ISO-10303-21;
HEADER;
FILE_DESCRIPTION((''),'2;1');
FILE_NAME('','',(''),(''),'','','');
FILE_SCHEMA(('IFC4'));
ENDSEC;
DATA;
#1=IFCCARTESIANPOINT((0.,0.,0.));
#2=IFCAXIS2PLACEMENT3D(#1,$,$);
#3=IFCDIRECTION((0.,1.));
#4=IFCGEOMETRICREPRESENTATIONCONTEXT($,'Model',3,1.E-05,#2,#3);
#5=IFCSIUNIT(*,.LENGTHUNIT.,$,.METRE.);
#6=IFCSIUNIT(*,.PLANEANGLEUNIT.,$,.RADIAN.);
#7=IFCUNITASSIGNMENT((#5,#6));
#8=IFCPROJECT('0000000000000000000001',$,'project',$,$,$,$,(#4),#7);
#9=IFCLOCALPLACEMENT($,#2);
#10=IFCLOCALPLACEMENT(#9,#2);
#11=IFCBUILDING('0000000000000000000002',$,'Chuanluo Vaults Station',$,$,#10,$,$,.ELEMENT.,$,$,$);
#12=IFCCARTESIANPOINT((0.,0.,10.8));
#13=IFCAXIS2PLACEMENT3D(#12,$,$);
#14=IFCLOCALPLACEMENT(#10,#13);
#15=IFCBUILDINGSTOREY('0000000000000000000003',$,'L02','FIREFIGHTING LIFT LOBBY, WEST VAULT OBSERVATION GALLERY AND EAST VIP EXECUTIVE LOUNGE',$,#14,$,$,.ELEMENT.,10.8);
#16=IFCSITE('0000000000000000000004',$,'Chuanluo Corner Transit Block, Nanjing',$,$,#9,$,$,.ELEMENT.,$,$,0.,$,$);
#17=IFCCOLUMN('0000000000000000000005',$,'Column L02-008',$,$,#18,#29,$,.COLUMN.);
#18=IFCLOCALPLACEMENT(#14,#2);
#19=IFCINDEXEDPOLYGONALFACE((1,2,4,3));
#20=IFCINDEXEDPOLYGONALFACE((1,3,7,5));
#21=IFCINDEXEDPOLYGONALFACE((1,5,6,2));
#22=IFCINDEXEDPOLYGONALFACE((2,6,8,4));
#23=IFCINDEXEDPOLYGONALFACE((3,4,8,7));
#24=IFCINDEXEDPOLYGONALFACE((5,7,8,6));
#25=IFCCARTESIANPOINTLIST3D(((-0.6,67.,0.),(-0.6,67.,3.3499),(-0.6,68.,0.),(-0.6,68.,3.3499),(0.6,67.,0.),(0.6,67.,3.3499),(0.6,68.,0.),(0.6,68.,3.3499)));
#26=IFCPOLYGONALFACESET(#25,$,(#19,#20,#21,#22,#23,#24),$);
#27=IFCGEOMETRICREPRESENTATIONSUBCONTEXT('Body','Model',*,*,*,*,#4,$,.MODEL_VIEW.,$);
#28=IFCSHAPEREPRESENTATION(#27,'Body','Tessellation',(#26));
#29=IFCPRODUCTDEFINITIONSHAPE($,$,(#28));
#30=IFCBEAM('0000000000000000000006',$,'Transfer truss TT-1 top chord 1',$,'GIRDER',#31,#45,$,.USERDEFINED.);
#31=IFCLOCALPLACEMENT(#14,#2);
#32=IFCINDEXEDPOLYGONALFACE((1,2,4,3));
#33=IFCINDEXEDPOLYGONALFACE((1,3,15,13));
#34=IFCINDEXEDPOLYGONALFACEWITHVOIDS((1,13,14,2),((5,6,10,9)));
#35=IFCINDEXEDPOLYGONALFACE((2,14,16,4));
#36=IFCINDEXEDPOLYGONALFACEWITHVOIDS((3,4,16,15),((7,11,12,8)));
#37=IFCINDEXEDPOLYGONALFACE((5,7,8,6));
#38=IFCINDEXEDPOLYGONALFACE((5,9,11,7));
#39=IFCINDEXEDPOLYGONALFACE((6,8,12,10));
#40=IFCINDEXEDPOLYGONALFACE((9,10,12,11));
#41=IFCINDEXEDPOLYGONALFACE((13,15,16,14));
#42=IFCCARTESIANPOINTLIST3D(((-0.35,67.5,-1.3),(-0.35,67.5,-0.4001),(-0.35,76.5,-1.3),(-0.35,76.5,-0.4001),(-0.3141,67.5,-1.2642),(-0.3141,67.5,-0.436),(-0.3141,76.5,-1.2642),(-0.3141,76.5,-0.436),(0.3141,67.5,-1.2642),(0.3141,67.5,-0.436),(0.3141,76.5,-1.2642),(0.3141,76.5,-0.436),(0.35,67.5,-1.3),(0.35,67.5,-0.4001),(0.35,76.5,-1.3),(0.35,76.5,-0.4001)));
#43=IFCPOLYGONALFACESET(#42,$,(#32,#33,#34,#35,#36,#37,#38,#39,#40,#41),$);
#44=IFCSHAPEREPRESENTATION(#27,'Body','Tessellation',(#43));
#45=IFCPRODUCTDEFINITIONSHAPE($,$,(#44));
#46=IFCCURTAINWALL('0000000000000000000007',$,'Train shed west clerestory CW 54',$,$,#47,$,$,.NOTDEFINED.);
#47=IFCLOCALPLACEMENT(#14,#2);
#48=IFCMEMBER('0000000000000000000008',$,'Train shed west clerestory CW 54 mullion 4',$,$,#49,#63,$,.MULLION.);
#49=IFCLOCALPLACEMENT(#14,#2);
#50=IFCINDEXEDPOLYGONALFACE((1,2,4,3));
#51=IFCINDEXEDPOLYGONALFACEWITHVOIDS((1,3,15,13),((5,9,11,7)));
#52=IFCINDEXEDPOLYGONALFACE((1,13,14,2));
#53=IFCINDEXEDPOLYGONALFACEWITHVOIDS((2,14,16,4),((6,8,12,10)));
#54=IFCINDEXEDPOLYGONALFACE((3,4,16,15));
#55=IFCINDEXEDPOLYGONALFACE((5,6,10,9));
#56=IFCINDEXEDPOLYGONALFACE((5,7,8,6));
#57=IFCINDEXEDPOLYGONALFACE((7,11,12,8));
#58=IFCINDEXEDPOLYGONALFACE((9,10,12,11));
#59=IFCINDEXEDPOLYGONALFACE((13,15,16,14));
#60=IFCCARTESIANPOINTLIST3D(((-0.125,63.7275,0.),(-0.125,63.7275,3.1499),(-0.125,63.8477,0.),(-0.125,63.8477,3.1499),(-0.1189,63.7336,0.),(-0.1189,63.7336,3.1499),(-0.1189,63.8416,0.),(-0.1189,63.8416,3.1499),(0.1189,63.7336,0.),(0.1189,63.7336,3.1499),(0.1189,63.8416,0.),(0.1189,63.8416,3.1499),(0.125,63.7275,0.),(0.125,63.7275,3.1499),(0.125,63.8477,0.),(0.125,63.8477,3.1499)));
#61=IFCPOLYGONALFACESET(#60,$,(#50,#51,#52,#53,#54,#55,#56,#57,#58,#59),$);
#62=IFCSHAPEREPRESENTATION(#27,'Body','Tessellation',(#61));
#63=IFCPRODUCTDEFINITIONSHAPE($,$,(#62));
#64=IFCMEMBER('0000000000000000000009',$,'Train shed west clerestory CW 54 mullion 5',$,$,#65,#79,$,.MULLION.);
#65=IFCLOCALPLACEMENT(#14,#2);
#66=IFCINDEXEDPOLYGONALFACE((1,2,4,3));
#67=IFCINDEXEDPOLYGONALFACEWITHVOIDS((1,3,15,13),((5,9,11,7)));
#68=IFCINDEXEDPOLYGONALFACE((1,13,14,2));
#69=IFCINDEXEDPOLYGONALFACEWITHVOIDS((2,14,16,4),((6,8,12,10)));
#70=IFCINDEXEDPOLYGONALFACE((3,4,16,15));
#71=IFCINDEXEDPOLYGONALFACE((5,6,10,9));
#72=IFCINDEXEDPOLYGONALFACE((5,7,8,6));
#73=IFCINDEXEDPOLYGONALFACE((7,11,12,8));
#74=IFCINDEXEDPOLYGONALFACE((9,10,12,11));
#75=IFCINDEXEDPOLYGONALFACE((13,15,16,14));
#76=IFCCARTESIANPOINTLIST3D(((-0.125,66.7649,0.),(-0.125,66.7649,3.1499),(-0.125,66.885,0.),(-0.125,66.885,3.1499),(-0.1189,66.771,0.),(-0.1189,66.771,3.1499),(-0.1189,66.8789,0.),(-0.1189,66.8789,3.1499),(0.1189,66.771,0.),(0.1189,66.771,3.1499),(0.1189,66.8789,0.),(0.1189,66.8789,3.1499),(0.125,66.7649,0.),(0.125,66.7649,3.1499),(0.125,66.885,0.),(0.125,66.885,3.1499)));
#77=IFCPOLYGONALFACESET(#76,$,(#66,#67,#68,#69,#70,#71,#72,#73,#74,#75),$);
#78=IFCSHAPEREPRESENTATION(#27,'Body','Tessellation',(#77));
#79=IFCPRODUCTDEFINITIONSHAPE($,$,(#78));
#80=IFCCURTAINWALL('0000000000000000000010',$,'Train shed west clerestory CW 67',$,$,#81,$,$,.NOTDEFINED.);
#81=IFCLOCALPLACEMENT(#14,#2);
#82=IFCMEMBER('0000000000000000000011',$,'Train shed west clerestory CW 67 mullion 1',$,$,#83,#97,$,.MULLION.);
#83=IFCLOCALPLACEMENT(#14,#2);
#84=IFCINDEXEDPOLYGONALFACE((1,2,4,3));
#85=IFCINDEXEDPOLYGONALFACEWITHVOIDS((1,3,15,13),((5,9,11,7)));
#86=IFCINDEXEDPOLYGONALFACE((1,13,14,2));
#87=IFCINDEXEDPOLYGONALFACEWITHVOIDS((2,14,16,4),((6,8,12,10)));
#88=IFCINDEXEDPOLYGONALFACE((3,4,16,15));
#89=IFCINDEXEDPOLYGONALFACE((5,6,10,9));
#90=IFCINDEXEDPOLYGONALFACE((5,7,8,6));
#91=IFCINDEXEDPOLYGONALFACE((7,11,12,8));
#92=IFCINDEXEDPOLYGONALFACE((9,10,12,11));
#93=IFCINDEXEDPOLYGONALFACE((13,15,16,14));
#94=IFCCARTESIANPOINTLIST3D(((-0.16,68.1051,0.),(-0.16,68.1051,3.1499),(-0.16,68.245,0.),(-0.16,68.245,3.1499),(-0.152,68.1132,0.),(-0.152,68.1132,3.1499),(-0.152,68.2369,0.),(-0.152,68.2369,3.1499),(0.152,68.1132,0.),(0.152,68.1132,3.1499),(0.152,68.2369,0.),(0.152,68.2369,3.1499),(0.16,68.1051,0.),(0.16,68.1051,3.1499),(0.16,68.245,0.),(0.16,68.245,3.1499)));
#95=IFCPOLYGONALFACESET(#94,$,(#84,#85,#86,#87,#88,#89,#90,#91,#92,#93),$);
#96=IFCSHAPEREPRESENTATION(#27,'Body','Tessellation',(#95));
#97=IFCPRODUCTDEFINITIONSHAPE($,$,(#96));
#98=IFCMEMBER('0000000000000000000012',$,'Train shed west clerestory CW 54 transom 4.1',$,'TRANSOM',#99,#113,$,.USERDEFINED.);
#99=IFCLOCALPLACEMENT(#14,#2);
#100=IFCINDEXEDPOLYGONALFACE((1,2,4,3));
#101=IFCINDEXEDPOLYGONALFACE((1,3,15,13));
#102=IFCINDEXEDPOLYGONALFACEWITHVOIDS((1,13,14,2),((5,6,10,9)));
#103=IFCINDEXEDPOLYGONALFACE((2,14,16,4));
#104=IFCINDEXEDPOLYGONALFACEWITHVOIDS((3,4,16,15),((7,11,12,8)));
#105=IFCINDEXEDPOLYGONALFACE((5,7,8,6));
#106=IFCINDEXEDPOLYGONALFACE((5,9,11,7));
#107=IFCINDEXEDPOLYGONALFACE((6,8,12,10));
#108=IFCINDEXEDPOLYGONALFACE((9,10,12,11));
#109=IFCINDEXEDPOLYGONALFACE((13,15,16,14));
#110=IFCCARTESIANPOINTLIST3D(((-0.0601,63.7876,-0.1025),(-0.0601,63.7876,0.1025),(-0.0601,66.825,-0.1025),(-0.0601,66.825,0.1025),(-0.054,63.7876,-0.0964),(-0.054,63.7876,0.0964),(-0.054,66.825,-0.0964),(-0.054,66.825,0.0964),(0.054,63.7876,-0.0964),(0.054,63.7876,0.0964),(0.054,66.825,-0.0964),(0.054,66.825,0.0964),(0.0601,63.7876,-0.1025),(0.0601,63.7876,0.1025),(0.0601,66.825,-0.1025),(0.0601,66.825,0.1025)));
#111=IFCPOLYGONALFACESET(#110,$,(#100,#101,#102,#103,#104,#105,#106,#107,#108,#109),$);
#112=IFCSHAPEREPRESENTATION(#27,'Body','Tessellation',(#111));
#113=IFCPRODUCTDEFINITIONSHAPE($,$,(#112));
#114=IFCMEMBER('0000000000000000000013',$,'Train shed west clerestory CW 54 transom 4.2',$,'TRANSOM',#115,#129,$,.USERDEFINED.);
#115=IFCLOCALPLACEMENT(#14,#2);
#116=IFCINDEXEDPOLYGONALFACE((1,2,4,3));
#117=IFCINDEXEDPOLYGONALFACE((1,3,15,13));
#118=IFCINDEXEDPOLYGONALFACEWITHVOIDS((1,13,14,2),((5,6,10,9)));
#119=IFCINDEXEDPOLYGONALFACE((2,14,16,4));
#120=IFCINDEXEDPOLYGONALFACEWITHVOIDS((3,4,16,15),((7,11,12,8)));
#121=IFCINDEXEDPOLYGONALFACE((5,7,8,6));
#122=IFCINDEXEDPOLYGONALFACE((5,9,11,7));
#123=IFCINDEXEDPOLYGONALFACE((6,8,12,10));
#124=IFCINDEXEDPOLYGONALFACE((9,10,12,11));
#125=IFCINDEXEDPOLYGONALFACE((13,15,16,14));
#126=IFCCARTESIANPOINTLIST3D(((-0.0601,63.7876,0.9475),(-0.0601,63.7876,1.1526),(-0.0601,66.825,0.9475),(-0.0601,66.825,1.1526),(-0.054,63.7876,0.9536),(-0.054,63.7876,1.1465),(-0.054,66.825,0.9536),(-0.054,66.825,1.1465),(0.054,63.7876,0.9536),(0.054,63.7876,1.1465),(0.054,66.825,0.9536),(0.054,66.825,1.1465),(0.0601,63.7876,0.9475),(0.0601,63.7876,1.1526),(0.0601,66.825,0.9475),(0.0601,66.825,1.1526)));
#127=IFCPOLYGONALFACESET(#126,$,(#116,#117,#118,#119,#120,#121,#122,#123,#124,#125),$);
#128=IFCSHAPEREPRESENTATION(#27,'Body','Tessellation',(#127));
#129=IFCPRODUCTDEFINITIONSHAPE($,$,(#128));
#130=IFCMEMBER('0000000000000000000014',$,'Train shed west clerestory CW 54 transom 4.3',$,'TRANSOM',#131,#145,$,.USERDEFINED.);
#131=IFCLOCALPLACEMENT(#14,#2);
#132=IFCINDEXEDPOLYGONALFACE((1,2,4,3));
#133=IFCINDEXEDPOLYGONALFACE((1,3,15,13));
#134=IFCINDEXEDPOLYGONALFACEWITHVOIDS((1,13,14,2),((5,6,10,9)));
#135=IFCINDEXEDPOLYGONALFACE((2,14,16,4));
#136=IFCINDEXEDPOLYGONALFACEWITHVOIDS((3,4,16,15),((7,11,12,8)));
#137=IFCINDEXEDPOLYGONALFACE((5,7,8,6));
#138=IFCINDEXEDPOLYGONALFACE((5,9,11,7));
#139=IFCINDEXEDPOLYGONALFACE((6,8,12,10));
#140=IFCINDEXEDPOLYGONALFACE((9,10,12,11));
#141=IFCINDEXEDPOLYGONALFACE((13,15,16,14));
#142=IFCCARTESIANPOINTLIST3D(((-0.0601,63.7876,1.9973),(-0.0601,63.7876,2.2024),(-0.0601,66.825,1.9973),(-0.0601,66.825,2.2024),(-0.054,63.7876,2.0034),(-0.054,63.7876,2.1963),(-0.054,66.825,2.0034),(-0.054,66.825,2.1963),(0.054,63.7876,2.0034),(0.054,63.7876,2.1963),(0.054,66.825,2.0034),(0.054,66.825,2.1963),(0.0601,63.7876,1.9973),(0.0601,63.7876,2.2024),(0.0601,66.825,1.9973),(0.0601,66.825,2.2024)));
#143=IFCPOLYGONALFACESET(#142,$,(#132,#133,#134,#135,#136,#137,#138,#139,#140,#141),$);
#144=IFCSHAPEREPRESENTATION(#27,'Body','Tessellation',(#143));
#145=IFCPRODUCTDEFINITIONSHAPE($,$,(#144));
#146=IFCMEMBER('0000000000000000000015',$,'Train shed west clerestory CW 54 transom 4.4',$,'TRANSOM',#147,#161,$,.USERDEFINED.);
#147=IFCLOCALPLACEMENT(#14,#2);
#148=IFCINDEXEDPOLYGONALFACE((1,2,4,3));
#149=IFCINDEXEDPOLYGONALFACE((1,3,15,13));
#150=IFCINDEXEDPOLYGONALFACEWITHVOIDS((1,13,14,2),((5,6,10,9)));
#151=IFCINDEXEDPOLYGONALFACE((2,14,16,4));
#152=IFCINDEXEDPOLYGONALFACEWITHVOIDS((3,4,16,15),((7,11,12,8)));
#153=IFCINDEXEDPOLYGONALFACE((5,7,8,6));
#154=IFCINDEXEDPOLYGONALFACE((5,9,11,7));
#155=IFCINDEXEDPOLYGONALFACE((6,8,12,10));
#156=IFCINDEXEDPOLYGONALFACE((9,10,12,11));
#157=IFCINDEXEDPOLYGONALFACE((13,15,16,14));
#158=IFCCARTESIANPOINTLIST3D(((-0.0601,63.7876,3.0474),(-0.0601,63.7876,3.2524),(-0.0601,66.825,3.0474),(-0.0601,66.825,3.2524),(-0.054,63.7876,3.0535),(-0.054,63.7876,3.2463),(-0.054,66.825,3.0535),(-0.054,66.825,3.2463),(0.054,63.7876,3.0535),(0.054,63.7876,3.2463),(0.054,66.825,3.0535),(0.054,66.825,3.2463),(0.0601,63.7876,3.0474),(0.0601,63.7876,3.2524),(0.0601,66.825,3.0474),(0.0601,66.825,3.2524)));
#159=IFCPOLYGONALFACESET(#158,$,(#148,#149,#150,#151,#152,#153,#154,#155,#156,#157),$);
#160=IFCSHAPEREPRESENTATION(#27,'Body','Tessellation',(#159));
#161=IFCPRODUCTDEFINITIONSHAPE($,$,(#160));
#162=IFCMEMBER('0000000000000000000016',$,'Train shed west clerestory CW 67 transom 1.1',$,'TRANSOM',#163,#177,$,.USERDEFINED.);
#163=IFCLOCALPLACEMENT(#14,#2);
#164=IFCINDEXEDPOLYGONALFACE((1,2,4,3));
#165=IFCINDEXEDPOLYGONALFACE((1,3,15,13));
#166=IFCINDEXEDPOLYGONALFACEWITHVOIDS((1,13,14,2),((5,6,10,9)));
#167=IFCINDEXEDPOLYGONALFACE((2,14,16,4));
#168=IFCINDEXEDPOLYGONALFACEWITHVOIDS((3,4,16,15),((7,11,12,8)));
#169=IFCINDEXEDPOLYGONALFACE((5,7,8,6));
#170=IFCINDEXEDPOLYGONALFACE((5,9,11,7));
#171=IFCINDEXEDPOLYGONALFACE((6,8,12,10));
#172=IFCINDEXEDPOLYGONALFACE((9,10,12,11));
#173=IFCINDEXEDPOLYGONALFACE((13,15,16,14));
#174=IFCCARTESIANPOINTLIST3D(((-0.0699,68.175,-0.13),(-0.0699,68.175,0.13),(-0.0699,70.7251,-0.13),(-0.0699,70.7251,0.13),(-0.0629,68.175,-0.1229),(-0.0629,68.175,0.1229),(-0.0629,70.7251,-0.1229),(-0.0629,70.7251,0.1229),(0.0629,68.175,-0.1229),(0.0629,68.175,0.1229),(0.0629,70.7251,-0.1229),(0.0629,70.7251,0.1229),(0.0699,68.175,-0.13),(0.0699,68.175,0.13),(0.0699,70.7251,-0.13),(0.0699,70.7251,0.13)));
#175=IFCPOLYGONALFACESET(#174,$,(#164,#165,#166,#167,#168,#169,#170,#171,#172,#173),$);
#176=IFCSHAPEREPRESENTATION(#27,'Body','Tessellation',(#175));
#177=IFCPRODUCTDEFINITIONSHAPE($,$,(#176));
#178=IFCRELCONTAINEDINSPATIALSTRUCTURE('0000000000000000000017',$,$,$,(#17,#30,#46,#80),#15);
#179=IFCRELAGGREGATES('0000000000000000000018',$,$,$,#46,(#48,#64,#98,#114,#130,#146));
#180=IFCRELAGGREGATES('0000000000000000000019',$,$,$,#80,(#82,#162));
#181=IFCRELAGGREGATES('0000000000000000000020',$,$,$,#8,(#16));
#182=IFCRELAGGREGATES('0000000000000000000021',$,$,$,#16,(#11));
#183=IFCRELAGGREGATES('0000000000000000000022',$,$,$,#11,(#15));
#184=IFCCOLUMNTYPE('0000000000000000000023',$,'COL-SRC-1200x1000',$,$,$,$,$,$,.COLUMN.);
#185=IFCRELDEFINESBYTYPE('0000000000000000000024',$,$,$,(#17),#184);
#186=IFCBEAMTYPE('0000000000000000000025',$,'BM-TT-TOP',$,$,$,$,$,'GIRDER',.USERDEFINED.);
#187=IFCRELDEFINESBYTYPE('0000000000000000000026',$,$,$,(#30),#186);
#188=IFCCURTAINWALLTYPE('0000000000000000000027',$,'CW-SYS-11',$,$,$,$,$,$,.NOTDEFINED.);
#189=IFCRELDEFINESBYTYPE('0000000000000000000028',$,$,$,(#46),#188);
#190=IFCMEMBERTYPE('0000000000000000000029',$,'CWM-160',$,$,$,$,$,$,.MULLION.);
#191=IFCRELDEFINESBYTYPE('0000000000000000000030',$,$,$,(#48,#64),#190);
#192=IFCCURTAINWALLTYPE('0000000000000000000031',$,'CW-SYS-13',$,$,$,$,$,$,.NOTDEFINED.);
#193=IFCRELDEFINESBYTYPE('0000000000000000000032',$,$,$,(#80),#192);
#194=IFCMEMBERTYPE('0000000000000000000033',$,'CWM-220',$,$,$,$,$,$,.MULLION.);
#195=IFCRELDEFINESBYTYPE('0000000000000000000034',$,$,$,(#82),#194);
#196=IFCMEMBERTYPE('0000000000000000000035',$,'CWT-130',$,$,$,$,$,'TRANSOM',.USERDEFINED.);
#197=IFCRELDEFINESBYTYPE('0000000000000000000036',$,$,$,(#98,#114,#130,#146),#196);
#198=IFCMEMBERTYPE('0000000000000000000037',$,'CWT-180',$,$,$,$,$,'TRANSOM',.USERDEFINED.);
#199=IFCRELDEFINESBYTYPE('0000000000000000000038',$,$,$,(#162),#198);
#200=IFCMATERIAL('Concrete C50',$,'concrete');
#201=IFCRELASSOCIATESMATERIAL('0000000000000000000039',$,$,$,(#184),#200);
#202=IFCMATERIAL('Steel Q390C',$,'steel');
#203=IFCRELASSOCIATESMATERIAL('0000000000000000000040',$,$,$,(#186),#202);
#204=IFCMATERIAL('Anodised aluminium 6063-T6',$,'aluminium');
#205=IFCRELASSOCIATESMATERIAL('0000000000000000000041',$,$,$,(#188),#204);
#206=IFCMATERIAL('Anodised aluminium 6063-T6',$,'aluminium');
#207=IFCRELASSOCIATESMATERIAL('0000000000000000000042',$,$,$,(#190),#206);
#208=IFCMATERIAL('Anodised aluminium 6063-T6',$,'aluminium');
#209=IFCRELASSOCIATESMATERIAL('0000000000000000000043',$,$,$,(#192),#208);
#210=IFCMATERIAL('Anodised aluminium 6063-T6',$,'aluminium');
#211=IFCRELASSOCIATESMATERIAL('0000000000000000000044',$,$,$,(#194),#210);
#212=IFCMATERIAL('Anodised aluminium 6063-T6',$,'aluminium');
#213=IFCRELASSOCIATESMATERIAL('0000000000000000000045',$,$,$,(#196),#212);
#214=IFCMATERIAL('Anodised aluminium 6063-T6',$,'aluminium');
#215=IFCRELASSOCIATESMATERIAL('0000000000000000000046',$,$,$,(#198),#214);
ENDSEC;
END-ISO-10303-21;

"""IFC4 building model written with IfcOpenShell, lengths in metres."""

from ifc_helpers import new_model, si_unit, direction, frame, origin, origin_2d, place, context, subcontext, project, spatial, rectangle, hollow_rectangle, extrude, material, material_profile, profile_set, type_object, element, aggregate, save


model = new_model("IFC4")

# Units and contexts
model_context = context("Model", 3, precision=1e-05, world=origin(), true_north=direction((0.0, 1.0)))
body_context = subcontext(model_context, "Body", "Model", "MODEL_VIEW")
ifc_project = project(units=[si_unit("LENGTHUNIT", "METRE"), si_unit("PLANEANGLEUNIT", "RADIAN")], contexts=[model_context])

# Site, building, storey
site_placement = place(None, origin())
site = spatial("IfcSite", under=ifc_project, at=site_placement, Name="Chuanluo Corner Transit Block, Nanjing", CompositionType="ELEMENT", RefElevation=0.0)
building_placement = place(site_placement, origin())
building = spatial("IfcBuilding", under=site, at=building_placement, Name="Chuanluo Vaults Station", CompositionType="ELEMENT")
storey_placement = place(building_placement, frame((0.0, 0.0, 10.8)))
storey = spatial("IfcBuildingStorey", under=building, at=storey_placement, Name="L02", Description="FIREFIGHTING LIFT LOBBY, WEST VAULT OBSERVATION GALLERY AND EAST VIP EXECUTIVE LOUNGE", CompositionType="ELEMENT", Elevation=10.8)

# Column
ifc_material_1 = material(Name="Concrete C50", Category="concrete")
ifc_material_profile_1 = material_profile(ifc_material_1, rectangle(XDim=1.2, YDim=1.0, at=origin_2d()))
ifc_profile_set_1 = profile_set([ifc_material_profile_1], Name="Concrete C50")
column_type = type_object("IfcColumnType", Name="COL-SRC-1200x1000", PredefinedType="COLUMN", material=ifc_profile_set_1)
column_placement = place(storey_placement, frame((0.0, 67.5, 0.0), z_axis=(0.0, 0.0, 1.0), x_axis=(1.0, 0.0, 0.0)))
element("IfcColumn", 1, at=column_placement, inside=storey, type_object=column_type, Name="Column L02-008", PredefinedType="COLUMN", context=body_context, shape_type="SweptSolid", body=[
    extrude(rectangle(XDim=1.2, YDim=1.0, at=origin_2d()), origin(), (0.0, 0.0, 1.0), 3.3499),
])

# Beam
ifc_material_2 = material(Name="Steel Q390C", Category="steel")
ifc_material_profile_2 = material_profile(ifc_material_2, hollow_rectangle(XDim=0.7, YDim=0.8999, WallThickness=0.0359, at=origin_2d()))
ifc_profile_set_2 = profile_set([ifc_material_profile_2], Name="Steel Q390C")
beam_type = type_object("IfcBeamType", Name="BM-TT-TOP", ElementType="GIRDER", PredefinedType="USERDEFINED", material=ifc_profile_set_2)
beam_placement = place(storey_placement, frame((0.0, 67.5, -0.8501), z_axis=(0.0, 1.0, 0.0), x_axis=(-1.0, 0.0, 0.0)))
element("IfcBeam", 2, at=beam_placement, inside=storey, type_object=beam_type, Name="Transfer truss TT-1 top chord 1", ObjectType="GIRDER", PredefinedType="USERDEFINED", context=body_context, shape_type="SweptSolid", body=[
    extrude(hollow_rectangle(XDim=0.7, YDim=0.8999, WallThickness=0.0359, at=origin_2d()), origin(), (0.0, 0.0, 1.0), 9.0),
])

# Curtain wall, members
ifc_material_3 = material(Name="Anodised aluminium 6063-T6", Category="aluminium")
curtain_wall_type_1 = type_object("IfcCurtainWallType", Name="CW-SYS-11", PredefinedType="NOTDEFINED", material=ifc_material_3)
curtain_wall_1_placement = place(storey_placement, origin())
curtain_wall_1 = element("IfcCurtainWall", 3, at=curtain_wall_1_placement, inside=storey, type_object=curtain_wall_type_1, Name="Train shed west clerestory CW 54", PredefinedType="NOTDEFINED")
ifc_material_4 = material(Name="Anodised aluminium 6063-T6", Category="aluminium")
ifc_material_profile_3 = material_profile(ifc_material_4, hollow_rectangle(XDim=0.1201, YDim=0.25, WallThickness=0.0061, at=origin_2d()))
ifc_profile_set_3 = profile_set([ifc_material_profile_3], Name="Anodised aluminium 6063-T6")
member_type_1 = type_object("IfcMemberType", Name="CWM-160", PredefinedType="MULLION", material=ifc_profile_set_3)
member_1_placement = place(storey_placement, frame((0.0, 63.7876, 0.0), z_axis=(0.0, 0.0, 1.0), x_axis=(0.0, 1.0, 0.0)))
member_1 = element("IfcMember", 4, at=member_1_placement, type_object=member_type_1, Name="Train shed west clerestory CW 54 mullion 4", PredefinedType="MULLION", context=body_context, shape_type="SweptSolid", body=[
    extrude(hollow_rectangle(XDim=0.1201, YDim=0.25, WallThickness=0.0061, at=origin_2d()), origin(), (0.0, 0.0, 1.0), 3.1499),
])
member_2_placement = place(storey_placement, frame((0.0, 66.825, 0.0), z_axis=(0.0, 0.0, 1.0), x_axis=(0.0, 1.0, 0.0)))
member_2 = element("IfcMember", 5, at=member_2_placement, type_object=member_type_1, Name="Train shed west clerestory CW 54 mullion 5", PredefinedType="MULLION", context=body_context, shape_type="SweptSolid", body=[
    extrude(hollow_rectangle(XDim=0.1201, YDim=0.25, WallThickness=0.0061, at=origin_2d()), origin(), (0.0, 0.0, 1.0), 3.1499),
])

# Curtain wall, member
ifc_material_5 = material(Name="Anodised aluminium 6063-T6", Category="aluminium")
curtain_wall_type_2 = type_object("IfcCurtainWallType", Name="CW-SYS-13", PredefinedType="NOTDEFINED", material=ifc_material_5)
curtain_wall_2_placement = place(storey_placement, origin())
curtain_wall_2 = element("IfcCurtainWall", 6, at=curtain_wall_2_placement, inside=storey, type_object=curtain_wall_type_2, Name="Train shed west clerestory CW 67", PredefinedType="NOTDEFINED")
ifc_material_6 = material(Name="Anodised aluminium 6063-T6", Category="aluminium")
ifc_material_profile_4 = material_profile(ifc_material_6, hollow_rectangle(XDim=0.1399, YDim=0.3201, WallThickness=0.0081, at=origin_2d()))
ifc_profile_set_4 = profile_set([ifc_material_profile_4], Name="Anodised aluminium 6063-T6")
member_type_2 = type_object("IfcMemberType", Name="CWM-220", PredefinedType="MULLION", material=ifc_profile_set_4)
member_3_placement = place(storey_placement, frame((0.0, 68.175, 0.0), z_axis=(0.0, 0.0, 1.0), x_axis=(0.0, 1.0, 0.0)))
member_3 = element("IfcMember", 7, at=member_3_placement, type_object=member_type_2, Name="Train shed west clerestory CW 67 mullion 1", PredefinedType="MULLION", context=body_context, shape_type="SweptSolid", body=[
    extrude(hollow_rectangle(XDim=0.1399, YDim=0.3201, WallThickness=0.0081, at=origin_2d()), origin(), (0.0, 0.0, 1.0), 3.1499),
])

# Members
ifc_material_7 = material(Name="Anodised aluminium 6063-T6", Category="aluminium")
ifc_material_profile_5 = material_profile(ifc_material_7, hollow_rectangle(XDim=0.1201, YDim=0.2051, WallThickness=0.0061, at=origin_2d()))
ifc_profile_set_5 = profile_set([ifc_material_profile_5], Name="Anodised aluminium 6063-T6")
member_type_3 = type_object("IfcMemberType", Name="CWT-130", ElementType="TRANSOM", PredefinedType="USERDEFINED", material=ifc_profile_set_5)
member_4_placement = place(storey_placement, frame((0.0, 63.7876, 0.0), z_axis=(0.0, 1.0, 0.0), x_axis=(-1.0, 0.0, 0.0)))
member_4 = element("IfcMember", 8, at=member_4_placement, type_object=member_type_3, Name="Train shed west clerestory CW 54 transom 4.1", ObjectType="TRANSOM", PredefinedType="USERDEFINED", context=body_context, shape_type="SweptSolid", body=[
    extrude(hollow_rectangle(XDim=0.1201, YDim=0.2051, WallThickness=0.0061, at=origin_2d()), origin(), (0.0, 0.0, 1.0), 3.0374),
])
member_5_placement = place(storey_placement, frame((0.0, 63.7876, 1.05), z_axis=(0.0, 1.0, 0.0), x_axis=(-1.0, 0.0, 0.0)))
member_5 = element("IfcMember", 9, at=member_5_placement, type_object=member_type_3, Name="Train shed west clerestory CW 54 transom 4.2", ObjectType="TRANSOM", PredefinedType="USERDEFINED", context=body_context, shape_type="SweptSolid", body=[
    extrude(hollow_rectangle(XDim=0.1201, YDim=0.2051, WallThickness=0.0061, at=origin_2d()), origin(), (0.0, 0.0, 1.0), 3.0374),
])
member_6_placement = place(storey_placement, frame((0.0, 63.7876, 2.0999), z_axis=(0.0, 1.0, 0.0), x_axis=(-1.0, 0.0, 0.0)))
member_6 = element("IfcMember", 10, at=member_6_placement, type_object=member_type_3, Name="Train shed west clerestory CW 54 transom 4.3", ObjectType="TRANSOM", PredefinedType="USERDEFINED", context=body_context, shape_type="SweptSolid", body=[
    extrude(hollow_rectangle(XDim=0.1201, YDim=0.2051, WallThickness=0.0061, at=origin_2d()), origin(), (0.0, 0.0, 1.0), 3.0374),
])
member_7_placement = place(storey_placement, frame((0.0, 63.7876, 3.1499), z_axis=(0.0, 1.0, 0.0), x_axis=(-1.0, 0.0, 0.0)))
member_7 = element("IfcMember", 11, at=member_7_placement, type_object=member_type_3, Name="Train shed west clerestory CW 54 transom 4.4", ObjectType="TRANSOM", PredefinedType="USERDEFINED", context=body_context, shape_type="SweptSolid", body=[
    extrude(hollow_rectangle(XDim=0.1201, YDim=0.2051, WallThickness=0.0061, at=origin_2d()), origin(), (0.0, 0.0, 1.0), 3.0374),
])
ifc_material_8 = material(Name="Anodised aluminium 6063-T6", Category="aluminium")
ifc_material_profile_6 = material_profile(ifc_material_8, hollow_rectangle(XDim=0.1399, YDim=0.26, WallThickness=0.0071, at=origin_2d()))
ifc_profile_set_6 = profile_set([ifc_material_profile_6], Name="Anodised aluminium 6063-T6")
member_type_4 = type_object("IfcMemberType", Name="CWT-180", ElementType="TRANSOM", PredefinedType="USERDEFINED", material=ifc_profile_set_6)
member_8_placement = place(storey_placement, frame((0.0, 68.175, 0.0), z_axis=(0.0, 1.0, 0.0), x_axis=(-1.0, 0.0, 0.0)))
member_8 = element("IfcMember", 12, at=member_8_placement, type_object=member_type_4, Name="Train shed west clerestory CW 67 transom 1.1", ObjectType="TRANSOM", PredefinedType="USERDEFINED", context=body_context, shape_type="SweptSolid", body=[
    extrude(hollow_rectangle(XDim=0.1399, YDim=0.26, WallThickness=0.0071, at=origin_2d()), origin(), (0.0, 0.0, 1.0), 2.55),
])

aggregate(curtain_wall_1, [member_1, member_2, member_4, member_5, member_6, member_7])
aggregate(curtain_wall_2, [member_3, member_8])

save(model, "model.ifc")
